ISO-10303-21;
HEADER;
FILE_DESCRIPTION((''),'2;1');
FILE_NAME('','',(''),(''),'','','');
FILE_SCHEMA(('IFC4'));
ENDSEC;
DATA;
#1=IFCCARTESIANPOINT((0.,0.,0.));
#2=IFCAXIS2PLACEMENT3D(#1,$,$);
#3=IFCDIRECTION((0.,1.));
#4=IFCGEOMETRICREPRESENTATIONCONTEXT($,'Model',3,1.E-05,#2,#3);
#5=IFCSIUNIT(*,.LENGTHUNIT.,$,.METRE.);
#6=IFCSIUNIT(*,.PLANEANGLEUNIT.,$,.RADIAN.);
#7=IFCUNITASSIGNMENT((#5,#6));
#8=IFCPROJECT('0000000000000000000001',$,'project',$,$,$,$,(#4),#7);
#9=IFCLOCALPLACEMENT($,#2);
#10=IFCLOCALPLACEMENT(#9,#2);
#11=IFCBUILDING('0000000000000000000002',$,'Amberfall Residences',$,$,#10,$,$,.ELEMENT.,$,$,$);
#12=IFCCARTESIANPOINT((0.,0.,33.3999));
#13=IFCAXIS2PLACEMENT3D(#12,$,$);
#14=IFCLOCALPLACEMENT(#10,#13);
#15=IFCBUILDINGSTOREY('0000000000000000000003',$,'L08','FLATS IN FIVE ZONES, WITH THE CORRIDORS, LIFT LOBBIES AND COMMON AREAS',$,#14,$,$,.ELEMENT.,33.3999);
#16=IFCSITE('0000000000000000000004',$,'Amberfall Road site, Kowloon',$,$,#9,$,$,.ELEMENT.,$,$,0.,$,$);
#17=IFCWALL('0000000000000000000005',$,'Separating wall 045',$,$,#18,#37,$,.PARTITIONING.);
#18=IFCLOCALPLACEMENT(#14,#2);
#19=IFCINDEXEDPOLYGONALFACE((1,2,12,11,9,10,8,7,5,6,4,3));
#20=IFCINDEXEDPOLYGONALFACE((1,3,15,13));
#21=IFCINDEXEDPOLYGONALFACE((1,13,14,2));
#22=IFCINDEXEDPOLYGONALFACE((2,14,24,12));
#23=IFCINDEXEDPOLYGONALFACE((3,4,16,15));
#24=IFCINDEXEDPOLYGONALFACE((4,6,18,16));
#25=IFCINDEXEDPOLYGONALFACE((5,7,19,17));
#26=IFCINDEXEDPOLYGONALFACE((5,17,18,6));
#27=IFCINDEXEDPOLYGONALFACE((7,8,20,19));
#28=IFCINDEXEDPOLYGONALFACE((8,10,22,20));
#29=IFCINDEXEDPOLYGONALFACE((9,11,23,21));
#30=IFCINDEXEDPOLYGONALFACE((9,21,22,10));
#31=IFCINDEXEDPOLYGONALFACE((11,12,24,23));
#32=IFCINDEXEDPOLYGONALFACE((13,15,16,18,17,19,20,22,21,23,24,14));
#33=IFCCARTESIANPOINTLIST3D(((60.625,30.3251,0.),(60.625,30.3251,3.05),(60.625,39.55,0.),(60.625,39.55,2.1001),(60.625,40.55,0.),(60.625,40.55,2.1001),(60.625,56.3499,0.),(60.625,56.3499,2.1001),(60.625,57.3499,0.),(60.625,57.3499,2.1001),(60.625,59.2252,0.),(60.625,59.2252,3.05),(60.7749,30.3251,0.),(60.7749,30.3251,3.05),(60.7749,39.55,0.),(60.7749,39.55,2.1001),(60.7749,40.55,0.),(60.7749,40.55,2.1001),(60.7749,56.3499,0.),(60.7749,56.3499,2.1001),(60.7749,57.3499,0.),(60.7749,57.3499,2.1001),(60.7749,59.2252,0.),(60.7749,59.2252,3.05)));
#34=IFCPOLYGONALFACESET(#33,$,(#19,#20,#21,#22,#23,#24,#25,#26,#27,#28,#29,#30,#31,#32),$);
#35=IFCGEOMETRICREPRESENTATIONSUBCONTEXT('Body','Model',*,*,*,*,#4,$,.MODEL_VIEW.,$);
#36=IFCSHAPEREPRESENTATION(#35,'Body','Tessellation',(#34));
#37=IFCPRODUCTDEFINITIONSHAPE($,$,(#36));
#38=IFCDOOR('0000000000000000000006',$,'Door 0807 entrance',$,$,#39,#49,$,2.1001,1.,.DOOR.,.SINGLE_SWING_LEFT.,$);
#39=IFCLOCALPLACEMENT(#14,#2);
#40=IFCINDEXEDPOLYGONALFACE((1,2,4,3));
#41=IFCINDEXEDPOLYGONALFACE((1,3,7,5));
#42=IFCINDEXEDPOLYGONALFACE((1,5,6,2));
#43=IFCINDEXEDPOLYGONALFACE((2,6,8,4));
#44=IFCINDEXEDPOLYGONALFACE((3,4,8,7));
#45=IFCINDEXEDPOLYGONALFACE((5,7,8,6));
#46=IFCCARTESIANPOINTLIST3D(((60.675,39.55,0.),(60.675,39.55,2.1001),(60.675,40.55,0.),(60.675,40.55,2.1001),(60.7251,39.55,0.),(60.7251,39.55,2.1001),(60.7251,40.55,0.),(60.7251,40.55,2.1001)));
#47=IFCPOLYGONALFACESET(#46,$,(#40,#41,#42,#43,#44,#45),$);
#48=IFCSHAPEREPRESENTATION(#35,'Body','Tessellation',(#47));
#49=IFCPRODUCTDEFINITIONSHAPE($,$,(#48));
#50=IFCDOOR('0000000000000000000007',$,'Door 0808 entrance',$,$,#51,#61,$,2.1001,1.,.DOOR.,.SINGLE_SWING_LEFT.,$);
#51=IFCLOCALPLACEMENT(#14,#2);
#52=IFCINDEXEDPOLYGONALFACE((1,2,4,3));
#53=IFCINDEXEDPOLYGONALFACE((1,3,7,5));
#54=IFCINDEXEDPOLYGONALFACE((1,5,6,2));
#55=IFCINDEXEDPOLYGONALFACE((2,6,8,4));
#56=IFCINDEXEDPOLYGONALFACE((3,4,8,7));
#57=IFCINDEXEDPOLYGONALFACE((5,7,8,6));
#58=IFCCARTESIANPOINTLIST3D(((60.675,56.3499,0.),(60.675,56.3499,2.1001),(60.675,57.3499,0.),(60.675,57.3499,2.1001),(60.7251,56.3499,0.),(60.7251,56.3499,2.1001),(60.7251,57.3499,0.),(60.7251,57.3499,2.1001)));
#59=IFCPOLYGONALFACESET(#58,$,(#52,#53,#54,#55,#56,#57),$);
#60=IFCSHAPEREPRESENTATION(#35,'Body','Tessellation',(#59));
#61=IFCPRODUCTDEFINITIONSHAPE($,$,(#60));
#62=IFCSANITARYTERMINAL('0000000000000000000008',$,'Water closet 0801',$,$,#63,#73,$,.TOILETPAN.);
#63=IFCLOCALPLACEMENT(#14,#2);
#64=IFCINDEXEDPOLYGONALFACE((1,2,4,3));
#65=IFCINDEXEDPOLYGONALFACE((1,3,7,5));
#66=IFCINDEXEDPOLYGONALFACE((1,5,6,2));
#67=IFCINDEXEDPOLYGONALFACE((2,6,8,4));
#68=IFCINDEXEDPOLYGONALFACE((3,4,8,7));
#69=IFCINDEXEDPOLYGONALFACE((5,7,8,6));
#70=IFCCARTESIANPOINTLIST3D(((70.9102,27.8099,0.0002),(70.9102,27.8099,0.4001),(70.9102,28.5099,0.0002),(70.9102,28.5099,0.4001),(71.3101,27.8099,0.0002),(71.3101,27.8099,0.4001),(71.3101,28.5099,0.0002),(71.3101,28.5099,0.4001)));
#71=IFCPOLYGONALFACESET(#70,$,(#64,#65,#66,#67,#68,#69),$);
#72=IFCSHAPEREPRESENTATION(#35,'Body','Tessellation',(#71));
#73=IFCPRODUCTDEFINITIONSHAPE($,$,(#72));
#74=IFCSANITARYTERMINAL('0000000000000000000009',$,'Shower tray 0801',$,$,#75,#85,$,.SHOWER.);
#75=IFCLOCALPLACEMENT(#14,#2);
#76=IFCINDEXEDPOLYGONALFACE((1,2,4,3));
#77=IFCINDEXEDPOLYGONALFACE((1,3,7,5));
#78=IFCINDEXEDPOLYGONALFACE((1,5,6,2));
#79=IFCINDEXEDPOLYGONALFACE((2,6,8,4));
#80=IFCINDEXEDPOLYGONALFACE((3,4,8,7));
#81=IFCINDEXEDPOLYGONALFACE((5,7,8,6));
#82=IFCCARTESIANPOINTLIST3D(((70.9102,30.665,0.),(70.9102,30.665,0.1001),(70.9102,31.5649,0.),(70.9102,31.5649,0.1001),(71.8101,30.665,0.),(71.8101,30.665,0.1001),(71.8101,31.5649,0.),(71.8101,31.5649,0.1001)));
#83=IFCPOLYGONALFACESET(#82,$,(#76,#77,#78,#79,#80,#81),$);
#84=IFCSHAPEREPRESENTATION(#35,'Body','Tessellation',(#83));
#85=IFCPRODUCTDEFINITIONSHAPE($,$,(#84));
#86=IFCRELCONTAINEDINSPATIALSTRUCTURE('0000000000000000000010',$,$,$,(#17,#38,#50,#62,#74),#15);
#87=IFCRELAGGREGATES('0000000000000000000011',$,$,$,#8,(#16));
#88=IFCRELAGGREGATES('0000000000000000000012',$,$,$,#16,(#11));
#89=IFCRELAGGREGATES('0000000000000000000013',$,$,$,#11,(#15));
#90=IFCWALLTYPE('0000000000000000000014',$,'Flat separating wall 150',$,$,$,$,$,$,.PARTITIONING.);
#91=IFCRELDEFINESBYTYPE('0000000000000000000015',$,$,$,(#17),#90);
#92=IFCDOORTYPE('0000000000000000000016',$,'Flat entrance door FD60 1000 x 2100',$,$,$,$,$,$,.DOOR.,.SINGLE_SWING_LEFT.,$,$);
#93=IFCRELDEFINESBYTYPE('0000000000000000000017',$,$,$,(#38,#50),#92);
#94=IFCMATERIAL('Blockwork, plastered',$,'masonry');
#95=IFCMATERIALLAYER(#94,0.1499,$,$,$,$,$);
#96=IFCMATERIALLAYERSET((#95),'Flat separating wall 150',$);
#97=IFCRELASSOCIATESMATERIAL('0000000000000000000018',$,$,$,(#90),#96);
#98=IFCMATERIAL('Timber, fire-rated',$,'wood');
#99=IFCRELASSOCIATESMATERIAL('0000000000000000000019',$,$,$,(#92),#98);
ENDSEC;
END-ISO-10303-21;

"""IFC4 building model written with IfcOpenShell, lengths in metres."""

from ifc_helpers import new_model, si_unit, direction, frame, frame_2d, origin, origin_2d, place, context, subcontext, project, spatial, rectangle, extrude, material, layer, layer_set, type_object, element, fill, save


model = new_model("IFC4")

# Units and contexts
model_context = context("Model", 3, precision=1e-05, world=origin(), true_north=direction((0.0, 1.0)))
body_context = subcontext(model_context, "Body", "Model", "MODEL_VIEW")
ifc_project = project(units=[si_unit("LENGTHUNIT", "METRE"), si_unit("PLANEANGLEUNIT", "RADIAN")], contexts=[model_context])

# Site, building, storey
site_placement = place(None, origin())
site = spatial("IfcSite", under=ifc_project, at=site_placement, Name="Amberfall Road site, Kowloon", CompositionType="ELEMENT", RefElevation=0.0)
building_placement = place(site_placement, origin())
building = spatial("IfcBuilding", under=site, at=building_placement, Name="Amberfall Residences", CompositionType="ELEMENT")
storey_placement = place(building_placement, frame((0.0, 0.0, 33.3999)))
storey = spatial("IfcBuildingStorey", under=building, at=storey_placement, Name="L08", Description="FLATS IN FIVE ZONES, WITH THE CORRIDORS, LIFT LOBBIES AND COMMON AREAS", CompositionType="ELEMENT", Elevation=33.3999)

# Wall, openings, doors
ifc_material_1 = material(Name="Blockwork, plastered", Category="masonry")
ifc_layer_1 = layer(ifc_material_1, 0.1499)
ifc_layer_set_1 = layer_set([ifc_layer_1], Name="Flat separating wall 150")
wall_type_1 = type_object("IfcWallType", Name="Flat separating wall 150", PredefinedType="PARTITIONING", material=ifc_layer_set_1)
wall_1_placement = place(storey_placement, frame((60.7, 30.325, 0.0), z_axis=(0.0, 0.0, 1.0), x_axis=(0.0, 1.0, 0.0)))
wall_1 = element("IfcWall", 1, at=wall_1_placement, inside=storey, type_object=wall_type_1, Name="Separating wall 045", PredefinedType="PARTITIONING", context=body_context, shape_type="SweptSolid", body=[
    extrude(rectangle(XDim=28.9001, YDim=0.1499, at=frame_2d((14.4502, 0.0))), origin(), (0.0, 0.0, 1.0), 3.05),
])
opening_1_placement = place(wall_1_placement, frame((9.2251, 0.0, 0.0)))
opening_1 = element("IfcOpeningElement", 2, at=opening_1_placement, cuts=wall_1, PredefinedType="OPENING", context=body_context, shape_type="SweptSolid", body=[
    extrude(rectangle(XDim=1.0, YDim=2.1001, at=frame_2d((0.5, 1.05))), frame((0.0, 0.085, 0.0), z_axis=(0.0, -1.0, 0.0), x_axis=(1.0, 0.0, 0.0)), (0.0, 0.0, 1.0), 0.1699),
])
opening_2_placement = place(wall_1_placement, frame((26.0249, 0.0, 0.0)))
opening_2 = element("IfcOpeningElement", 3, at=opening_2_placement, cuts=wall_1, PredefinedType="OPENING", context=body_context, shape_type="SweptSolid", body=[
    extrude(rectangle(XDim=1.0, YDim=2.1001, at=frame_2d((0.5, 1.05))), frame((0.0, 0.085, 0.0), z_axis=(0.0, -1.0, 0.0), x_axis=(1.0, 0.0, 0.0)), (0.0, 0.0, 1.0), 0.1699),
])
ifc_material_2 = material(Name="Timber, fire-rated", Category="wood")
door_type_1 = type_object("IfcDoorType", Name="Flat entrance door FD60 1000 x 2100", OperationType="SINGLE_SWING_LEFT", PredefinedType="DOOR", material=ifc_material_2)
door_1_placement = place(opening_1_placement, origin())
door_1 = element("IfcDoor", 4, at=door_1_placement, inside=storey, type_object=door_type_1, Name="Door 0807 entrance", OperationType="SINGLE_SWING_LEFT", OverallHeight=2.1001, OverallWidth=1.0, PredefinedType="DOOR", context=body_context, shape_type="SweptSolid", body=[
    extrude(rectangle(XDim=1.0, YDim=2.1001, at=frame_2d((0.5, 1.05))), frame((0.0, 0.0249, 0.0), z_axis=(0.0, -1.0, 0.0), x_axis=(1.0, 0.0, 0.0)), (0.0, 0.0, 1.0), 0.05),
])
fill(opening_1, door_1)
door_2_placement = place(opening_2_placement, origin())
door_2 = element("IfcDoor", 5, at=door_2_placement, inside=storey, type_object=door_type_1, Name="Door 0808 entrance", OperationType="SINGLE_SWING_LEFT", OverallHeight=2.1001, OverallWidth=1.0, PredefinedType="DOOR", context=body_context, shape_type="SweptSolid", body=[
    extrude(rectangle(XDim=1.0, YDim=2.1001, at=frame_2d((0.5, 1.05))), frame((0.0, 0.0249, 0.0), z_axis=(0.0, -1.0, 0.0), x_axis=(1.0, 0.0, 0.0)), (0.0, 0.0, 1.0), 0.05),
])
fill(opening_2, door_2)

# Sanitary terminals
sanitary_terminal_1_placement = place(storey_placement, frame((71.1101, 28.1599, 0.0002), z_axis=(0.0, 0.0, 1.0), x_axis=(1.0, 0.0, 0.0)))
element("IfcSanitaryTerminal", 6, at=sanitary_terminal_1_placement, inside=storey, Name="Water closet 0801", PredefinedType="TOILETPAN", context=body_context, shape_type="SweptSolid", body=[
    extrude(rectangle(XDim=0.3999, YDim=0.7, at=origin_2d()), origin(), (0.0, 0.0, 1.0), 0.3999),
])
sanitary_terminal_2_placement = place(storey_placement, frame((71.3601, 31.115, 0.0), z_axis=(0.0, 0.0, 1.0), x_axis=(1.0, 0.0, 0.0)))
element("IfcSanitaryTerminal", 7, at=sanitary_terminal_2_placement, inside=storey, Name="Shower tray 0801", PredefinedType="SHOWER", context=body_context, shape_type="SweptSolid", body=[
    extrude(rectangle(XDim=0.8999, YDim=0.8999, at=origin_2d()), origin(), (0.0, 0.0, 1.0), 0.1001),
])

save(model, "model.ifc")
